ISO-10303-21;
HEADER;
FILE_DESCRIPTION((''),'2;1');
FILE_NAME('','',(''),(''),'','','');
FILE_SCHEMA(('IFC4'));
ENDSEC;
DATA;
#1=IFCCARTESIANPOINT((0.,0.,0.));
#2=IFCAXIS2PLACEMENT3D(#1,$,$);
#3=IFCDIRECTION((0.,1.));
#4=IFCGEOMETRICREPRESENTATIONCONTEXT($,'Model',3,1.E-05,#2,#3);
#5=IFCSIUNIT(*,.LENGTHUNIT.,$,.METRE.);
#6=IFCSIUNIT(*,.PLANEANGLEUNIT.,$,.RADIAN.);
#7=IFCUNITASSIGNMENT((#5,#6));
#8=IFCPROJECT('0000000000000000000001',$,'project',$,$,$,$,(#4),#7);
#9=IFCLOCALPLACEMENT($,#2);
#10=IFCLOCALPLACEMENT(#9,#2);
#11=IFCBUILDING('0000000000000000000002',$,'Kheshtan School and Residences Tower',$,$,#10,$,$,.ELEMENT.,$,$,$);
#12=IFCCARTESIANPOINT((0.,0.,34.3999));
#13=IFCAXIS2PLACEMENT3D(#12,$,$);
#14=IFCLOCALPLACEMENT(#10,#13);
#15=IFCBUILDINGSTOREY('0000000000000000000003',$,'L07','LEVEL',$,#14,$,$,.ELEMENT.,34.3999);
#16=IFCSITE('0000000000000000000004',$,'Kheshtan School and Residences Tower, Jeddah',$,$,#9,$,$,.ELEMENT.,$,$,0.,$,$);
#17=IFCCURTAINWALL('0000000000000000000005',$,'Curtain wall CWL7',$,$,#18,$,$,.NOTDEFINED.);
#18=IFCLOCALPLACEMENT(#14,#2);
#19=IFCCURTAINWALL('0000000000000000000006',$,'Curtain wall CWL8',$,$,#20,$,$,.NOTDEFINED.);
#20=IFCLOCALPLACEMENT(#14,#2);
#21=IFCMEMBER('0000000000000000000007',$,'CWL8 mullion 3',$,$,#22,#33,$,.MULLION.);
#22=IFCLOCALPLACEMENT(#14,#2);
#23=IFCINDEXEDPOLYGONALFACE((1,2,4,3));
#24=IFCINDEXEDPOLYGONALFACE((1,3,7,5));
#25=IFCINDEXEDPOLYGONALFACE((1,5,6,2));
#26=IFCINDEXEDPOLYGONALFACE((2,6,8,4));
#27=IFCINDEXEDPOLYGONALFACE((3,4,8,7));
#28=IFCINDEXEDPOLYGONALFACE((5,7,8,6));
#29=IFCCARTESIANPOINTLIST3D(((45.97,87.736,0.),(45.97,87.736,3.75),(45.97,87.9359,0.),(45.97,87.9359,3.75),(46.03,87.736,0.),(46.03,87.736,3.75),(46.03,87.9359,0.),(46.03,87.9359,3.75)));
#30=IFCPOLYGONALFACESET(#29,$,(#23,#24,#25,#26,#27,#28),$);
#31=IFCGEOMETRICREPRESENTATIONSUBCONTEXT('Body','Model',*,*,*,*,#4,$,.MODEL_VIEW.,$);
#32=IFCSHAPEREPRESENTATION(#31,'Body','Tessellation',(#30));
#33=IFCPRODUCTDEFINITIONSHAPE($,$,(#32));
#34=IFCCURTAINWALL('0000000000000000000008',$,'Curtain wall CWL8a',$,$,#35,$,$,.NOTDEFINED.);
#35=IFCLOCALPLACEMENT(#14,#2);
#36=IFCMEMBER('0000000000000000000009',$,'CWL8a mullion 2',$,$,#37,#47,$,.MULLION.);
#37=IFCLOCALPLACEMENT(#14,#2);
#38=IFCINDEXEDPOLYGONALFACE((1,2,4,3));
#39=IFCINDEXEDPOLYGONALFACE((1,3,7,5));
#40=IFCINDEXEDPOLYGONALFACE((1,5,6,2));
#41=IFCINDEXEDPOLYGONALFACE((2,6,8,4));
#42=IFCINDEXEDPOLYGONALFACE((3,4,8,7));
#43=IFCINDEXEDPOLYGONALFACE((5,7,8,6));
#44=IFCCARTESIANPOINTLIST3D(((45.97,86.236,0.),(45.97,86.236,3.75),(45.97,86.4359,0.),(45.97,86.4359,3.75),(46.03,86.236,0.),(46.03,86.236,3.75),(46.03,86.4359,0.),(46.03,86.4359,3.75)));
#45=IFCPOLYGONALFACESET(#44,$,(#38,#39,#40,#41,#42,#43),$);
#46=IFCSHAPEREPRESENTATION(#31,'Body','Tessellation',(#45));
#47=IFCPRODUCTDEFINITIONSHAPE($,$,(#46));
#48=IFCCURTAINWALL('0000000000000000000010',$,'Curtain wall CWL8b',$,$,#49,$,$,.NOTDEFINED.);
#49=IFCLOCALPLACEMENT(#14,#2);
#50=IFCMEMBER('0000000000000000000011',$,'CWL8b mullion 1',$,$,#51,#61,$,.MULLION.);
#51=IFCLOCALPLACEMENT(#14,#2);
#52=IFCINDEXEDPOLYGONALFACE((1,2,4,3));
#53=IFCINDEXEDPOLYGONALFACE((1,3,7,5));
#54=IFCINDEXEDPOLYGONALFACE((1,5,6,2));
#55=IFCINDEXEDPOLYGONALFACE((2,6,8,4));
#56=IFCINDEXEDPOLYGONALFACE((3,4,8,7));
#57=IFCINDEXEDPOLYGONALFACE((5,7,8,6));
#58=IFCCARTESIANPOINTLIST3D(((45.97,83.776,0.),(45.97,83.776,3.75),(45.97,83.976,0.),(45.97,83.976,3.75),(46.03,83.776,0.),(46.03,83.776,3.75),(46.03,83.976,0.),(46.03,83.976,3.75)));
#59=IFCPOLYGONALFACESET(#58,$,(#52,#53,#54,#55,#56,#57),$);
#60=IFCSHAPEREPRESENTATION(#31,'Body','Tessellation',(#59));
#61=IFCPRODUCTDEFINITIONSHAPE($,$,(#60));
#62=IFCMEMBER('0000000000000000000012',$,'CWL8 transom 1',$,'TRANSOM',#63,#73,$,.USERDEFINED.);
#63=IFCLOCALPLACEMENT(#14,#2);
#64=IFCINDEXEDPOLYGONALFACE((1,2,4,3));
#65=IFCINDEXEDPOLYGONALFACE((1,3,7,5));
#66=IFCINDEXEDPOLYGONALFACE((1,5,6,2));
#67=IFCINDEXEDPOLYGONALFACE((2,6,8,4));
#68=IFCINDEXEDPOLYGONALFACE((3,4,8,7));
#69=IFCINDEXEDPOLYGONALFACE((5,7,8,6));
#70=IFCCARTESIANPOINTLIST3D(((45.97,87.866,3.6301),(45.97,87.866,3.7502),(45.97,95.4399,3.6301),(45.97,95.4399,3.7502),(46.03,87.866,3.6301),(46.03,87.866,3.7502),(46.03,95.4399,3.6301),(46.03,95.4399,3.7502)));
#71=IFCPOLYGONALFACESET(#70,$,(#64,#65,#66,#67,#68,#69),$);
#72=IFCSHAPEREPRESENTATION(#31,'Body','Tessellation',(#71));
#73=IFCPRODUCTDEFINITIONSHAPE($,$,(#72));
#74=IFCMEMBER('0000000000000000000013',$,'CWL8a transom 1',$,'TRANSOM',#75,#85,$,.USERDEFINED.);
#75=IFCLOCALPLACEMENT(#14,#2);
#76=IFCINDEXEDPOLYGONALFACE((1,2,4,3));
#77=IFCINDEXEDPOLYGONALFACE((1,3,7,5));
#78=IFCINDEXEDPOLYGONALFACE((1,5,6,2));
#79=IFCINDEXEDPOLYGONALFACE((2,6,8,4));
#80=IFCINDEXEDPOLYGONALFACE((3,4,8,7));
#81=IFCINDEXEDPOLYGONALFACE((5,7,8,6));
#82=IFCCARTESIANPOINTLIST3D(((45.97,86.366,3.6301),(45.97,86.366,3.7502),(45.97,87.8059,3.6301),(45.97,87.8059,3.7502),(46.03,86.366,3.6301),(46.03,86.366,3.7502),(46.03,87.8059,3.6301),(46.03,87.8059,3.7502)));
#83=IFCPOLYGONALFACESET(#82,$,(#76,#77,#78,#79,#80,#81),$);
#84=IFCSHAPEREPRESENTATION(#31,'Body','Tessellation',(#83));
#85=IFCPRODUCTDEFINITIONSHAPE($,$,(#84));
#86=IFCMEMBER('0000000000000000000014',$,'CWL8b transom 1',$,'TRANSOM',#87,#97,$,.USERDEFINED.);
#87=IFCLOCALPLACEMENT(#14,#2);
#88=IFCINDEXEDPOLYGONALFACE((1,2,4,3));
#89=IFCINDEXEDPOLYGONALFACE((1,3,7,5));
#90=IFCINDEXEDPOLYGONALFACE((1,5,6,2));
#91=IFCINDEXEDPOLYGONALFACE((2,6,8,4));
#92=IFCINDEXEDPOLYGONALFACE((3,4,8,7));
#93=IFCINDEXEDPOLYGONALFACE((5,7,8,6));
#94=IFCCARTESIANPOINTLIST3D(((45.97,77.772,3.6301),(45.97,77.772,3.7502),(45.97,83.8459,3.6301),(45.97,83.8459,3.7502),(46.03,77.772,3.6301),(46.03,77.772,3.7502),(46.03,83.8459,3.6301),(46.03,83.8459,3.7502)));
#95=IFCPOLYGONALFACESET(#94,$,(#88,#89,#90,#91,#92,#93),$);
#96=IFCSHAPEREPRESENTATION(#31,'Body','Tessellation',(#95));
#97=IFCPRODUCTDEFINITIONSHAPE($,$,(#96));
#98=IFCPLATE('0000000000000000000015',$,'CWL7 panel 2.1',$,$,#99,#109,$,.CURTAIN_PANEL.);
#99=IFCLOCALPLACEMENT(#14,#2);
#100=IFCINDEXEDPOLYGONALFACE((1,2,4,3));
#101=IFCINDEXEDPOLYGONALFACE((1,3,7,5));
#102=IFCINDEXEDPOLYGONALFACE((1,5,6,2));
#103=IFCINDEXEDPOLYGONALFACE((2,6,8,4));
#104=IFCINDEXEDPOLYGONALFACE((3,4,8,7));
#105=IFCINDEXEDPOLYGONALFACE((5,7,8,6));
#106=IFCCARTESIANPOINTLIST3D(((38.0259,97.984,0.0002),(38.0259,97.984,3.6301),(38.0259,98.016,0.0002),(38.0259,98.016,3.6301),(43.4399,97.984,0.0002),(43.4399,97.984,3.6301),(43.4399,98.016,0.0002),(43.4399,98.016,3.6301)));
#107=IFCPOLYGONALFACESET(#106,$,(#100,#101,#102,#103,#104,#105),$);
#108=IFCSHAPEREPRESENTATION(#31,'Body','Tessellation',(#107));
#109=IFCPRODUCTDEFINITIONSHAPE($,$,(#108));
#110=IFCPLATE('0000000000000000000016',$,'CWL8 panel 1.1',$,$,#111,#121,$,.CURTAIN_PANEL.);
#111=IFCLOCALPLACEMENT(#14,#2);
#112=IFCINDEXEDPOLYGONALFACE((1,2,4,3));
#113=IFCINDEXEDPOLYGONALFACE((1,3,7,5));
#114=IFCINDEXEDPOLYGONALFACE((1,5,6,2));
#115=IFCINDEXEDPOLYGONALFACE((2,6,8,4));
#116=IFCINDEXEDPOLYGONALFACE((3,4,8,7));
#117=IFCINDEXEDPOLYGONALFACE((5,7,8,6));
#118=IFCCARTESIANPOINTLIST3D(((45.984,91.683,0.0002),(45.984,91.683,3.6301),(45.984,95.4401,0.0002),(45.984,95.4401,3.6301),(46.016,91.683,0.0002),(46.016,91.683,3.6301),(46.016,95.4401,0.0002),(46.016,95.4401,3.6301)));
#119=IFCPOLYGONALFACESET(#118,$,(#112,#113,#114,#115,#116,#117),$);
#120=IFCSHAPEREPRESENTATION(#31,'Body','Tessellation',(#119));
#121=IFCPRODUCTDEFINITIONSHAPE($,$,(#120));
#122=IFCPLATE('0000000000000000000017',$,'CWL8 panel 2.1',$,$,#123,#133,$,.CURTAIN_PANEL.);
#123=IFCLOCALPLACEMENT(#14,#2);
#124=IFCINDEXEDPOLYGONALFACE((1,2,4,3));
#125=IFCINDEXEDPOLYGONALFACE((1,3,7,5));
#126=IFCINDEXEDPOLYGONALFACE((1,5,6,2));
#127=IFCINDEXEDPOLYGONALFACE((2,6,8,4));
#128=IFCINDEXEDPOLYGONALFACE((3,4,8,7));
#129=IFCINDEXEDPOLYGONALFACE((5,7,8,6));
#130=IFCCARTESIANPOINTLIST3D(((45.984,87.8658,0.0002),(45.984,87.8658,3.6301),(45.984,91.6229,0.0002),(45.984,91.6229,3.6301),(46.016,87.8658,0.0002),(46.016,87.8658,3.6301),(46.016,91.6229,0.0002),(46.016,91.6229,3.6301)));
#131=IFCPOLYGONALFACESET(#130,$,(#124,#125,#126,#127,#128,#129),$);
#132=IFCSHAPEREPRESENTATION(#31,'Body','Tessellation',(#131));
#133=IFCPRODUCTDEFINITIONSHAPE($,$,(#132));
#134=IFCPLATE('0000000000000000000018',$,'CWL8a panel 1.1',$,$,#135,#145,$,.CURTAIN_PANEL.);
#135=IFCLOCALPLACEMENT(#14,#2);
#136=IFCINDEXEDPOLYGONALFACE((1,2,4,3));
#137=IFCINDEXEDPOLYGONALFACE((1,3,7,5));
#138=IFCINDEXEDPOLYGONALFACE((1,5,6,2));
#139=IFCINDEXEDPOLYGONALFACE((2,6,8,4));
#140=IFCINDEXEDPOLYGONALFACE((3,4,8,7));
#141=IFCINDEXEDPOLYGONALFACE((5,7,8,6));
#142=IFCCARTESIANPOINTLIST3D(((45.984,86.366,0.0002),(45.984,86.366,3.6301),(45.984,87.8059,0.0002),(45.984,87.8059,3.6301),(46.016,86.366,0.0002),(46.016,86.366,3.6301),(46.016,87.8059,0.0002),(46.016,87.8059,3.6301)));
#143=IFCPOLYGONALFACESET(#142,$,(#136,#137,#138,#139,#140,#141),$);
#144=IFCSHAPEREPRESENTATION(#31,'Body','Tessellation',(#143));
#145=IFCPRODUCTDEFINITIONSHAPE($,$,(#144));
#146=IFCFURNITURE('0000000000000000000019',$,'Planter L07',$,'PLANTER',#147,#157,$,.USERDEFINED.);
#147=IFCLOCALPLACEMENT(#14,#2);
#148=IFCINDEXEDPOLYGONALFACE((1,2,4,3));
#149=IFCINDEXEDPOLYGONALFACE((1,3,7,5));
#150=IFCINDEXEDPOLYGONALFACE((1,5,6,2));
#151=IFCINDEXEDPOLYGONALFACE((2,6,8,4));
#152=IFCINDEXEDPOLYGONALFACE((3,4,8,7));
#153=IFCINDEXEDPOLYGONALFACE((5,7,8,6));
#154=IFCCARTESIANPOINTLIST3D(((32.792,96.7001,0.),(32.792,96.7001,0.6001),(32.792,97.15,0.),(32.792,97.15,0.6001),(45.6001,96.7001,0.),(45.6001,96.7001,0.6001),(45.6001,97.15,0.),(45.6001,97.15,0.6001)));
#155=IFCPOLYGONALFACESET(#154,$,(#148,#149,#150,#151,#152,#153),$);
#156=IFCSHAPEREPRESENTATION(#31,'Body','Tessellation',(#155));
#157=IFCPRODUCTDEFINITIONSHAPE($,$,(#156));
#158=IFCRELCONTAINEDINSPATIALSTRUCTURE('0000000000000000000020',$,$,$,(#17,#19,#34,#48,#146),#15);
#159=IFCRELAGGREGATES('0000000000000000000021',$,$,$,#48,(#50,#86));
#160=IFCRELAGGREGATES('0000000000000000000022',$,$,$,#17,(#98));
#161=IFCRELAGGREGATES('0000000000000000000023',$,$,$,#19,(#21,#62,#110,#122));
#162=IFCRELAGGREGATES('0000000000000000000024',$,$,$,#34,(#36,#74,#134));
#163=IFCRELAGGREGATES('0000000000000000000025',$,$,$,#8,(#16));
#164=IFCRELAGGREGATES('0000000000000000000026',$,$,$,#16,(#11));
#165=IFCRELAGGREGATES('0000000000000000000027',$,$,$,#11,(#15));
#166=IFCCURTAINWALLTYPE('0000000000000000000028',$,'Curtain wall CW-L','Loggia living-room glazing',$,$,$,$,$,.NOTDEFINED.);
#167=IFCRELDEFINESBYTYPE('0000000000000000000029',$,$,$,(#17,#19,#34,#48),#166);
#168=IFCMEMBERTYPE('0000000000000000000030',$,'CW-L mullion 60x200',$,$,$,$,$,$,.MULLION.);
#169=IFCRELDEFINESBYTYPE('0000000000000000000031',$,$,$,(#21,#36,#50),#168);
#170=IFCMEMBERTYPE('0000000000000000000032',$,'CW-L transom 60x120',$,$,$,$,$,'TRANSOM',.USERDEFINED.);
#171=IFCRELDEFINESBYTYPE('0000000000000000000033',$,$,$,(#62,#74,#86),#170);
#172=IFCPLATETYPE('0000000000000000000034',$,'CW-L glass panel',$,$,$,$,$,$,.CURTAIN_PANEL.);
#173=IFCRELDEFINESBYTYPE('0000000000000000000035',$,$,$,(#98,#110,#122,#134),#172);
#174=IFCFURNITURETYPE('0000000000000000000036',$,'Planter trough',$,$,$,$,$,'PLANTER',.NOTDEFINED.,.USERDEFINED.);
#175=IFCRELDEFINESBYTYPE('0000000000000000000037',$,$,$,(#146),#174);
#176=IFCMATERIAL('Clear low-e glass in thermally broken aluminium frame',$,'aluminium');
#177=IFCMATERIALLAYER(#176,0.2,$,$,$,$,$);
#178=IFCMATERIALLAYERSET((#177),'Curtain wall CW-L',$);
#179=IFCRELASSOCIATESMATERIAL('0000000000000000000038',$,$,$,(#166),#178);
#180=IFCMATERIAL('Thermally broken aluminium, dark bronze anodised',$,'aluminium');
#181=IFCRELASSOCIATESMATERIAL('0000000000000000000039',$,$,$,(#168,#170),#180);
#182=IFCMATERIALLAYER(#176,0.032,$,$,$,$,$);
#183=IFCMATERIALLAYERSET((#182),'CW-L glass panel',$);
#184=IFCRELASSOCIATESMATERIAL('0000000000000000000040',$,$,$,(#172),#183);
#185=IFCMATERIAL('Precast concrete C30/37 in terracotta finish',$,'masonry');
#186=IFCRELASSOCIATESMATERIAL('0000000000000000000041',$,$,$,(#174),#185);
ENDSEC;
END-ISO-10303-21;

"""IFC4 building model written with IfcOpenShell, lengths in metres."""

from ifc_helpers import new_model, si_unit, direction, frame, origin, origin_2d, place, context, subcontext, project, spatial, rectangle, extrude, material, layer, layer_set, material_profile, profile_set, type_object, element, aggregate, save


model = new_model("IFC4")

# Units and contexts
model_context = context("Model", 3, precision=1e-05, world=origin(), true_north=direction((0.0, 1.0)))
body_context = subcontext(model_context, "Body", "Model", "MODEL_VIEW")
ifc_project = project(units=[si_unit("LENGTHUNIT", "METRE"), si_unit("PLANEANGLEUNIT", "RADIAN")], contexts=[model_context])

# Site, building, storey
site_placement = place(None, origin())
site = spatial("IfcSite", under=ifc_project, at=site_placement, Name="Kheshtan School and Residences Tower, Jeddah", CompositionType="ELEMENT", RefElevation=0.0)
building_placement = place(site_placement, origin())
building = spatial("IfcBuilding", under=site, at=building_placement, Name="Kheshtan School and Residences Tower", CompositionType="ELEMENT")
storey_placement = place(building_placement, frame((0.0, 0.0, 34.3999)))
storey = spatial("IfcBuildingStorey", under=building, at=storey_placement, Name="L07", Description="LEVEL", CompositionType="ELEMENT", Elevation=34.3999)

# Curtain walls, member
ifc_material_1 = material(Name="Clear low-e glass in thermally broken aluminium frame", Category="aluminium")
ifc_layer_1 = layer(ifc_material_1, 0.2)
ifc_layer_set_1 = layer_set([ifc_layer_1], Name="Curtain wall CW-L")
curtain_wall_type = type_object("IfcCurtainWallType", Name="Curtain wall CW-L", Description="Loggia living-room glazing", PredefinedType="NOTDEFINED", material=ifc_layer_set_1)
curtain_wall_1_placement = place(storey_placement, origin())
curtain_wall_1 = element("IfcCurtainWall", 1, at=curtain_wall_1_placement, inside=storey, type_object=curtain_wall_type, Name="Curtain wall CWL7", PredefinedType="NOTDEFINED")
ifc_material_2 = material(Name="Thermally broken aluminium, dark bronze anodised", Category="aluminium")
ifc_material_profile_1 = material_profile(ifc_material_2, rectangle(XDim=0.0601, YDim=0.2, at=origin_2d()), Name="CW-L mullion 60x200")
ifc_profile_set_1 = profile_set([ifc_material_profile_1], Name="Thermally broken aluminium, dark bronze anodised")
member_type_1 = type_object("IfcMemberType", Name="CW-L mullion 60x200", PredefinedType="MULLION", material=ifc_profile_set_1)
curtain_wall_2_placement = place(storey_placement, origin())
curtain_wall_2 = element("IfcCurtainWall", 2, at=curtain_wall_2_placement, inside=storey, type_object=curtain_wall_type, Name="Curtain wall CWL8", PredefinedType="NOTDEFINED")
member_1_placement = place(storey_placement, frame((46.0, 87.8359, 0.0), z_axis=(0.0, 0.0, 1.0), x_axis=(1.0, 0.0, 0.0)))
member_1 = element("IfcMember", 3, at=member_1_placement, type_object=member_type_1, Name="CWL8 mullion 3", PredefinedType="MULLION", context=body_context, shape_type="SweptSolid", body=[
    extrude(rectangle(XDim=0.0601, YDim=0.2, at=origin_2d()), origin(), (0.0, 0.0, 1.0), 3.75),
])

# Curtain walls, members
curtain_wall_3_placement = place(storey_placement, origin())
curtain_wall_3 = element("IfcCurtainWall", 4, at=curtain_wall_3_placement, inside=storey, type_object=curtain_wall_type, Name="Curtain wall CWL8a", PredefinedType="NOTDEFINED")
member_2_placement = place(storey_placement, frame((46.0, 86.3359, 0.0), z_axis=(0.0, 0.0, 1.0), x_axis=(1.0, 0.0, 0.0)))
member_2 = element("IfcMember", 5, at=member_2_placement, type_object=member_type_1, Name="CWL8a mullion 2", PredefinedType="MULLION", context=body_context, shape_type="SweptSolid", body=[
    extrude(rectangle(XDim=0.0601, YDim=0.2, at=origin_2d()), origin(), (0.0, 0.0, 1.0), 3.75),
])
curtain_wall_4_placement = place(storey_placement, origin())
curtain_wall_4 = element("IfcCurtainWall", 6, at=curtain_wall_4_placement, inside=storey, type_object=curtain_wall_type, Name="Curtain wall CWL8b", PredefinedType="NOTDEFINED")
member_3_placement = place(storey_placement, frame((46.0, 83.876, 0.0), z_axis=(0.0, 0.0, 1.0), x_axis=(1.0, 0.0, 0.0)))
member_3 = element("IfcMember", 7, at=member_3_placement, type_object=member_type_1, Name="CWL8b mullion 1", PredefinedType="MULLION", context=body_context, shape_type="SweptSolid", body=[
    extrude(rectangle(XDim=0.0601, YDim=0.2, at=origin_2d()), origin(), (0.0, 0.0, 1.0), 3.75),
])

# Members
ifc_material_profile_2 = material_profile(ifc_material_2, rectangle(XDim=0.0601, YDim=0.1201, at=origin_2d()), Name="CW-L transom 60x120")
ifc_profile_set_2 = profile_set([ifc_material_profile_2], Name="Thermally broken aluminium, dark bronze anodised")
member_type_2 = type_object("IfcMemberType", Name="CW-L transom 60x120", ElementType="TRANSOM", PredefinedType="USERDEFINED", material=ifc_profile_set_2)
member_4_placement = place(storey_placement, frame((46.0, 95.4399, 3.6902), z_axis=(0.0, -1.0, 0.0), x_axis=(1.0, 0.0, 0.0)))
member_4 = element("IfcMember", 8, at=member_4_placement, type_object=member_type_2, Name="CWL8 transom 1", ObjectType="TRANSOM", PredefinedType="USERDEFINED", context=body_context, shape_type="SweptSolid", body=[
    extrude(rectangle(XDim=0.0601, YDim=0.1201, at=origin_2d()), origin(), (0.0, 0.0, 1.0), 7.574),
])
member_5_placement = place(storey_placement, frame((46.0, 87.8059, 3.6902), z_axis=(0.0, -1.0, 0.0), x_axis=(1.0, 0.0, 0.0)))
member_5 = element("IfcMember", 9, at=member_5_placement, type_object=member_type_2, Name="CWL8a transom 1", ObjectType="TRANSOM", PredefinedType="USERDEFINED", context=body_context, shape_type="SweptSolid", body=[
    extrude(rectangle(XDim=0.0601, YDim=0.1201, at=origin_2d()), origin(), (0.0, 0.0, 1.0), 1.4399),
])
member_6_placement = place(storey_placement, frame((46.0, 83.8459, 3.6902), z_axis=(0.0, -1.0, 0.0), x_axis=(1.0, 0.0, 0.0)))
member_6 = element("IfcMember", 10, at=member_6_placement, type_object=member_type_2, Name="CWL8b transom 1", ObjectType="TRANSOM", PredefinedType="USERDEFINED", context=body_context, shape_type="SweptSolid", body=[
    extrude(rectangle(XDim=0.0601, YDim=0.1201, at=origin_2d()), origin(), (0.0, 0.0, 1.0), 6.074),
])
aggregate(curtain_wall_4, [member_3, member_6])

# Plates
ifc_layer_2 = layer(ifc_material_1, 0.032)
ifc_layer_set_2 = layer_set([ifc_layer_2], Name="CW-L glass panel")
plate_type = type_object("IfcPlateType", Name="CW-L glass panel", PredefinedType="CURTAIN_PANEL", material=ifc_layer_set_2)
plate_1_placement = place(storey_placement, frame((40.7329, 98.0, 0.0002), z_axis=(0.0, 0.0, 1.0), x_axis=(1.0, 0.0, 0.0)))
plate_1 = element("IfcPlate", 11, at=plate_1_placement, type_object=plate_type, Name="CWL7 panel 2.1", PredefinedType="CURTAIN_PANEL", context=body_context, shape_type="SweptSolid", body=[
    extrude(rectangle(XDim=5.4141, YDim=0.032, at=origin_2d()), origin(), (0.0, 0.0, 1.0), 3.6299),
])
aggregate(curtain_wall_1, [plate_1])
plate_2_placement = place(storey_placement, frame((46.0, 93.5615, 0.0002), z_axis=(0.0, 0.0, 1.0), x_axis=(0.0, -1.0, 0.0)))
plate_2 = element("IfcPlate", 12, at=plate_2_placement, type_object=plate_type, Name="CWL8 panel 1.1", PredefinedType="CURTAIN_PANEL", context=body_context, shape_type="SweptSolid", body=[
    extrude(rectangle(XDim=3.7571, YDim=0.032, at=origin_2d()), origin(), (0.0, 0.0, 1.0), 3.6299),
])
plate_3_placement = place(storey_placement, frame((46.0, 89.7444, 0.0002), z_axis=(0.0, 0.0, 1.0), x_axis=(0.0, -1.0, 0.0)))
plate_3 = element("IfcPlate", 13, at=plate_3_placement, type_object=plate_type, Name="CWL8 panel 2.1", PredefinedType="CURTAIN_PANEL", context=body_context, shape_type="SweptSolid", body=[
    extrude(rectangle(XDim=3.7571, YDim=0.032, at=origin_2d()), origin(), (0.0, 0.0, 1.0), 3.6299),
])
aggregate(curtain_wall_2, [member_1, member_4, plate_2, plate_3])
plate_4_placement = place(storey_placement, frame((46.0, 87.0859, 0.0002), z_axis=(0.0, 0.0, 1.0), x_axis=(0.0, -1.0, 0.0)))
plate_4 = element("IfcPlate", 14, at=plate_4_placement, type_object=plate_type, Name="CWL8a panel 1.1", PredefinedType="CURTAIN_PANEL", context=body_context, shape_type="SweptSolid", body=[
    extrude(rectangle(XDim=1.4399, YDim=0.032, at=origin_2d()), origin(), (0.0, 0.0, 1.0), 3.6299),
])
aggregate(curtain_wall_3, [member_2, member_5, plate_4])

# Furniture
ifc_material_3 = material(Name="Precast concrete C30/37 in terracotta finish", Category="masonry")
furniture_type = type_object("IfcFurnitureType", Name="Planter trough", ElementType="PLANTER", AssemblyPlace="NOTDEFINED", PredefinedType="USERDEFINED", material=ifc_material_3)
furniture_placement = place(storey_placement, frame((39.196, 96.925, 0.0), z_axis=(0.0, 0.0, 1.0), x_axis=(1.0, 0.0, 0.0)))
element("IfcFurniture", 15, at=furniture_placement, inside=storey, type_object=furniture_type, Name="Planter L07", ObjectType="PLANTER", PredefinedType="USERDEFINED", context=body_context, shape_type="SweptSolid", body=[
    extrude(rectangle(XDim=12.8081, YDim=0.45, at=origin_2d()), origin(), (0.0, 0.0, 1.0), 0.6001),
])

save(model, "model.ifc")
